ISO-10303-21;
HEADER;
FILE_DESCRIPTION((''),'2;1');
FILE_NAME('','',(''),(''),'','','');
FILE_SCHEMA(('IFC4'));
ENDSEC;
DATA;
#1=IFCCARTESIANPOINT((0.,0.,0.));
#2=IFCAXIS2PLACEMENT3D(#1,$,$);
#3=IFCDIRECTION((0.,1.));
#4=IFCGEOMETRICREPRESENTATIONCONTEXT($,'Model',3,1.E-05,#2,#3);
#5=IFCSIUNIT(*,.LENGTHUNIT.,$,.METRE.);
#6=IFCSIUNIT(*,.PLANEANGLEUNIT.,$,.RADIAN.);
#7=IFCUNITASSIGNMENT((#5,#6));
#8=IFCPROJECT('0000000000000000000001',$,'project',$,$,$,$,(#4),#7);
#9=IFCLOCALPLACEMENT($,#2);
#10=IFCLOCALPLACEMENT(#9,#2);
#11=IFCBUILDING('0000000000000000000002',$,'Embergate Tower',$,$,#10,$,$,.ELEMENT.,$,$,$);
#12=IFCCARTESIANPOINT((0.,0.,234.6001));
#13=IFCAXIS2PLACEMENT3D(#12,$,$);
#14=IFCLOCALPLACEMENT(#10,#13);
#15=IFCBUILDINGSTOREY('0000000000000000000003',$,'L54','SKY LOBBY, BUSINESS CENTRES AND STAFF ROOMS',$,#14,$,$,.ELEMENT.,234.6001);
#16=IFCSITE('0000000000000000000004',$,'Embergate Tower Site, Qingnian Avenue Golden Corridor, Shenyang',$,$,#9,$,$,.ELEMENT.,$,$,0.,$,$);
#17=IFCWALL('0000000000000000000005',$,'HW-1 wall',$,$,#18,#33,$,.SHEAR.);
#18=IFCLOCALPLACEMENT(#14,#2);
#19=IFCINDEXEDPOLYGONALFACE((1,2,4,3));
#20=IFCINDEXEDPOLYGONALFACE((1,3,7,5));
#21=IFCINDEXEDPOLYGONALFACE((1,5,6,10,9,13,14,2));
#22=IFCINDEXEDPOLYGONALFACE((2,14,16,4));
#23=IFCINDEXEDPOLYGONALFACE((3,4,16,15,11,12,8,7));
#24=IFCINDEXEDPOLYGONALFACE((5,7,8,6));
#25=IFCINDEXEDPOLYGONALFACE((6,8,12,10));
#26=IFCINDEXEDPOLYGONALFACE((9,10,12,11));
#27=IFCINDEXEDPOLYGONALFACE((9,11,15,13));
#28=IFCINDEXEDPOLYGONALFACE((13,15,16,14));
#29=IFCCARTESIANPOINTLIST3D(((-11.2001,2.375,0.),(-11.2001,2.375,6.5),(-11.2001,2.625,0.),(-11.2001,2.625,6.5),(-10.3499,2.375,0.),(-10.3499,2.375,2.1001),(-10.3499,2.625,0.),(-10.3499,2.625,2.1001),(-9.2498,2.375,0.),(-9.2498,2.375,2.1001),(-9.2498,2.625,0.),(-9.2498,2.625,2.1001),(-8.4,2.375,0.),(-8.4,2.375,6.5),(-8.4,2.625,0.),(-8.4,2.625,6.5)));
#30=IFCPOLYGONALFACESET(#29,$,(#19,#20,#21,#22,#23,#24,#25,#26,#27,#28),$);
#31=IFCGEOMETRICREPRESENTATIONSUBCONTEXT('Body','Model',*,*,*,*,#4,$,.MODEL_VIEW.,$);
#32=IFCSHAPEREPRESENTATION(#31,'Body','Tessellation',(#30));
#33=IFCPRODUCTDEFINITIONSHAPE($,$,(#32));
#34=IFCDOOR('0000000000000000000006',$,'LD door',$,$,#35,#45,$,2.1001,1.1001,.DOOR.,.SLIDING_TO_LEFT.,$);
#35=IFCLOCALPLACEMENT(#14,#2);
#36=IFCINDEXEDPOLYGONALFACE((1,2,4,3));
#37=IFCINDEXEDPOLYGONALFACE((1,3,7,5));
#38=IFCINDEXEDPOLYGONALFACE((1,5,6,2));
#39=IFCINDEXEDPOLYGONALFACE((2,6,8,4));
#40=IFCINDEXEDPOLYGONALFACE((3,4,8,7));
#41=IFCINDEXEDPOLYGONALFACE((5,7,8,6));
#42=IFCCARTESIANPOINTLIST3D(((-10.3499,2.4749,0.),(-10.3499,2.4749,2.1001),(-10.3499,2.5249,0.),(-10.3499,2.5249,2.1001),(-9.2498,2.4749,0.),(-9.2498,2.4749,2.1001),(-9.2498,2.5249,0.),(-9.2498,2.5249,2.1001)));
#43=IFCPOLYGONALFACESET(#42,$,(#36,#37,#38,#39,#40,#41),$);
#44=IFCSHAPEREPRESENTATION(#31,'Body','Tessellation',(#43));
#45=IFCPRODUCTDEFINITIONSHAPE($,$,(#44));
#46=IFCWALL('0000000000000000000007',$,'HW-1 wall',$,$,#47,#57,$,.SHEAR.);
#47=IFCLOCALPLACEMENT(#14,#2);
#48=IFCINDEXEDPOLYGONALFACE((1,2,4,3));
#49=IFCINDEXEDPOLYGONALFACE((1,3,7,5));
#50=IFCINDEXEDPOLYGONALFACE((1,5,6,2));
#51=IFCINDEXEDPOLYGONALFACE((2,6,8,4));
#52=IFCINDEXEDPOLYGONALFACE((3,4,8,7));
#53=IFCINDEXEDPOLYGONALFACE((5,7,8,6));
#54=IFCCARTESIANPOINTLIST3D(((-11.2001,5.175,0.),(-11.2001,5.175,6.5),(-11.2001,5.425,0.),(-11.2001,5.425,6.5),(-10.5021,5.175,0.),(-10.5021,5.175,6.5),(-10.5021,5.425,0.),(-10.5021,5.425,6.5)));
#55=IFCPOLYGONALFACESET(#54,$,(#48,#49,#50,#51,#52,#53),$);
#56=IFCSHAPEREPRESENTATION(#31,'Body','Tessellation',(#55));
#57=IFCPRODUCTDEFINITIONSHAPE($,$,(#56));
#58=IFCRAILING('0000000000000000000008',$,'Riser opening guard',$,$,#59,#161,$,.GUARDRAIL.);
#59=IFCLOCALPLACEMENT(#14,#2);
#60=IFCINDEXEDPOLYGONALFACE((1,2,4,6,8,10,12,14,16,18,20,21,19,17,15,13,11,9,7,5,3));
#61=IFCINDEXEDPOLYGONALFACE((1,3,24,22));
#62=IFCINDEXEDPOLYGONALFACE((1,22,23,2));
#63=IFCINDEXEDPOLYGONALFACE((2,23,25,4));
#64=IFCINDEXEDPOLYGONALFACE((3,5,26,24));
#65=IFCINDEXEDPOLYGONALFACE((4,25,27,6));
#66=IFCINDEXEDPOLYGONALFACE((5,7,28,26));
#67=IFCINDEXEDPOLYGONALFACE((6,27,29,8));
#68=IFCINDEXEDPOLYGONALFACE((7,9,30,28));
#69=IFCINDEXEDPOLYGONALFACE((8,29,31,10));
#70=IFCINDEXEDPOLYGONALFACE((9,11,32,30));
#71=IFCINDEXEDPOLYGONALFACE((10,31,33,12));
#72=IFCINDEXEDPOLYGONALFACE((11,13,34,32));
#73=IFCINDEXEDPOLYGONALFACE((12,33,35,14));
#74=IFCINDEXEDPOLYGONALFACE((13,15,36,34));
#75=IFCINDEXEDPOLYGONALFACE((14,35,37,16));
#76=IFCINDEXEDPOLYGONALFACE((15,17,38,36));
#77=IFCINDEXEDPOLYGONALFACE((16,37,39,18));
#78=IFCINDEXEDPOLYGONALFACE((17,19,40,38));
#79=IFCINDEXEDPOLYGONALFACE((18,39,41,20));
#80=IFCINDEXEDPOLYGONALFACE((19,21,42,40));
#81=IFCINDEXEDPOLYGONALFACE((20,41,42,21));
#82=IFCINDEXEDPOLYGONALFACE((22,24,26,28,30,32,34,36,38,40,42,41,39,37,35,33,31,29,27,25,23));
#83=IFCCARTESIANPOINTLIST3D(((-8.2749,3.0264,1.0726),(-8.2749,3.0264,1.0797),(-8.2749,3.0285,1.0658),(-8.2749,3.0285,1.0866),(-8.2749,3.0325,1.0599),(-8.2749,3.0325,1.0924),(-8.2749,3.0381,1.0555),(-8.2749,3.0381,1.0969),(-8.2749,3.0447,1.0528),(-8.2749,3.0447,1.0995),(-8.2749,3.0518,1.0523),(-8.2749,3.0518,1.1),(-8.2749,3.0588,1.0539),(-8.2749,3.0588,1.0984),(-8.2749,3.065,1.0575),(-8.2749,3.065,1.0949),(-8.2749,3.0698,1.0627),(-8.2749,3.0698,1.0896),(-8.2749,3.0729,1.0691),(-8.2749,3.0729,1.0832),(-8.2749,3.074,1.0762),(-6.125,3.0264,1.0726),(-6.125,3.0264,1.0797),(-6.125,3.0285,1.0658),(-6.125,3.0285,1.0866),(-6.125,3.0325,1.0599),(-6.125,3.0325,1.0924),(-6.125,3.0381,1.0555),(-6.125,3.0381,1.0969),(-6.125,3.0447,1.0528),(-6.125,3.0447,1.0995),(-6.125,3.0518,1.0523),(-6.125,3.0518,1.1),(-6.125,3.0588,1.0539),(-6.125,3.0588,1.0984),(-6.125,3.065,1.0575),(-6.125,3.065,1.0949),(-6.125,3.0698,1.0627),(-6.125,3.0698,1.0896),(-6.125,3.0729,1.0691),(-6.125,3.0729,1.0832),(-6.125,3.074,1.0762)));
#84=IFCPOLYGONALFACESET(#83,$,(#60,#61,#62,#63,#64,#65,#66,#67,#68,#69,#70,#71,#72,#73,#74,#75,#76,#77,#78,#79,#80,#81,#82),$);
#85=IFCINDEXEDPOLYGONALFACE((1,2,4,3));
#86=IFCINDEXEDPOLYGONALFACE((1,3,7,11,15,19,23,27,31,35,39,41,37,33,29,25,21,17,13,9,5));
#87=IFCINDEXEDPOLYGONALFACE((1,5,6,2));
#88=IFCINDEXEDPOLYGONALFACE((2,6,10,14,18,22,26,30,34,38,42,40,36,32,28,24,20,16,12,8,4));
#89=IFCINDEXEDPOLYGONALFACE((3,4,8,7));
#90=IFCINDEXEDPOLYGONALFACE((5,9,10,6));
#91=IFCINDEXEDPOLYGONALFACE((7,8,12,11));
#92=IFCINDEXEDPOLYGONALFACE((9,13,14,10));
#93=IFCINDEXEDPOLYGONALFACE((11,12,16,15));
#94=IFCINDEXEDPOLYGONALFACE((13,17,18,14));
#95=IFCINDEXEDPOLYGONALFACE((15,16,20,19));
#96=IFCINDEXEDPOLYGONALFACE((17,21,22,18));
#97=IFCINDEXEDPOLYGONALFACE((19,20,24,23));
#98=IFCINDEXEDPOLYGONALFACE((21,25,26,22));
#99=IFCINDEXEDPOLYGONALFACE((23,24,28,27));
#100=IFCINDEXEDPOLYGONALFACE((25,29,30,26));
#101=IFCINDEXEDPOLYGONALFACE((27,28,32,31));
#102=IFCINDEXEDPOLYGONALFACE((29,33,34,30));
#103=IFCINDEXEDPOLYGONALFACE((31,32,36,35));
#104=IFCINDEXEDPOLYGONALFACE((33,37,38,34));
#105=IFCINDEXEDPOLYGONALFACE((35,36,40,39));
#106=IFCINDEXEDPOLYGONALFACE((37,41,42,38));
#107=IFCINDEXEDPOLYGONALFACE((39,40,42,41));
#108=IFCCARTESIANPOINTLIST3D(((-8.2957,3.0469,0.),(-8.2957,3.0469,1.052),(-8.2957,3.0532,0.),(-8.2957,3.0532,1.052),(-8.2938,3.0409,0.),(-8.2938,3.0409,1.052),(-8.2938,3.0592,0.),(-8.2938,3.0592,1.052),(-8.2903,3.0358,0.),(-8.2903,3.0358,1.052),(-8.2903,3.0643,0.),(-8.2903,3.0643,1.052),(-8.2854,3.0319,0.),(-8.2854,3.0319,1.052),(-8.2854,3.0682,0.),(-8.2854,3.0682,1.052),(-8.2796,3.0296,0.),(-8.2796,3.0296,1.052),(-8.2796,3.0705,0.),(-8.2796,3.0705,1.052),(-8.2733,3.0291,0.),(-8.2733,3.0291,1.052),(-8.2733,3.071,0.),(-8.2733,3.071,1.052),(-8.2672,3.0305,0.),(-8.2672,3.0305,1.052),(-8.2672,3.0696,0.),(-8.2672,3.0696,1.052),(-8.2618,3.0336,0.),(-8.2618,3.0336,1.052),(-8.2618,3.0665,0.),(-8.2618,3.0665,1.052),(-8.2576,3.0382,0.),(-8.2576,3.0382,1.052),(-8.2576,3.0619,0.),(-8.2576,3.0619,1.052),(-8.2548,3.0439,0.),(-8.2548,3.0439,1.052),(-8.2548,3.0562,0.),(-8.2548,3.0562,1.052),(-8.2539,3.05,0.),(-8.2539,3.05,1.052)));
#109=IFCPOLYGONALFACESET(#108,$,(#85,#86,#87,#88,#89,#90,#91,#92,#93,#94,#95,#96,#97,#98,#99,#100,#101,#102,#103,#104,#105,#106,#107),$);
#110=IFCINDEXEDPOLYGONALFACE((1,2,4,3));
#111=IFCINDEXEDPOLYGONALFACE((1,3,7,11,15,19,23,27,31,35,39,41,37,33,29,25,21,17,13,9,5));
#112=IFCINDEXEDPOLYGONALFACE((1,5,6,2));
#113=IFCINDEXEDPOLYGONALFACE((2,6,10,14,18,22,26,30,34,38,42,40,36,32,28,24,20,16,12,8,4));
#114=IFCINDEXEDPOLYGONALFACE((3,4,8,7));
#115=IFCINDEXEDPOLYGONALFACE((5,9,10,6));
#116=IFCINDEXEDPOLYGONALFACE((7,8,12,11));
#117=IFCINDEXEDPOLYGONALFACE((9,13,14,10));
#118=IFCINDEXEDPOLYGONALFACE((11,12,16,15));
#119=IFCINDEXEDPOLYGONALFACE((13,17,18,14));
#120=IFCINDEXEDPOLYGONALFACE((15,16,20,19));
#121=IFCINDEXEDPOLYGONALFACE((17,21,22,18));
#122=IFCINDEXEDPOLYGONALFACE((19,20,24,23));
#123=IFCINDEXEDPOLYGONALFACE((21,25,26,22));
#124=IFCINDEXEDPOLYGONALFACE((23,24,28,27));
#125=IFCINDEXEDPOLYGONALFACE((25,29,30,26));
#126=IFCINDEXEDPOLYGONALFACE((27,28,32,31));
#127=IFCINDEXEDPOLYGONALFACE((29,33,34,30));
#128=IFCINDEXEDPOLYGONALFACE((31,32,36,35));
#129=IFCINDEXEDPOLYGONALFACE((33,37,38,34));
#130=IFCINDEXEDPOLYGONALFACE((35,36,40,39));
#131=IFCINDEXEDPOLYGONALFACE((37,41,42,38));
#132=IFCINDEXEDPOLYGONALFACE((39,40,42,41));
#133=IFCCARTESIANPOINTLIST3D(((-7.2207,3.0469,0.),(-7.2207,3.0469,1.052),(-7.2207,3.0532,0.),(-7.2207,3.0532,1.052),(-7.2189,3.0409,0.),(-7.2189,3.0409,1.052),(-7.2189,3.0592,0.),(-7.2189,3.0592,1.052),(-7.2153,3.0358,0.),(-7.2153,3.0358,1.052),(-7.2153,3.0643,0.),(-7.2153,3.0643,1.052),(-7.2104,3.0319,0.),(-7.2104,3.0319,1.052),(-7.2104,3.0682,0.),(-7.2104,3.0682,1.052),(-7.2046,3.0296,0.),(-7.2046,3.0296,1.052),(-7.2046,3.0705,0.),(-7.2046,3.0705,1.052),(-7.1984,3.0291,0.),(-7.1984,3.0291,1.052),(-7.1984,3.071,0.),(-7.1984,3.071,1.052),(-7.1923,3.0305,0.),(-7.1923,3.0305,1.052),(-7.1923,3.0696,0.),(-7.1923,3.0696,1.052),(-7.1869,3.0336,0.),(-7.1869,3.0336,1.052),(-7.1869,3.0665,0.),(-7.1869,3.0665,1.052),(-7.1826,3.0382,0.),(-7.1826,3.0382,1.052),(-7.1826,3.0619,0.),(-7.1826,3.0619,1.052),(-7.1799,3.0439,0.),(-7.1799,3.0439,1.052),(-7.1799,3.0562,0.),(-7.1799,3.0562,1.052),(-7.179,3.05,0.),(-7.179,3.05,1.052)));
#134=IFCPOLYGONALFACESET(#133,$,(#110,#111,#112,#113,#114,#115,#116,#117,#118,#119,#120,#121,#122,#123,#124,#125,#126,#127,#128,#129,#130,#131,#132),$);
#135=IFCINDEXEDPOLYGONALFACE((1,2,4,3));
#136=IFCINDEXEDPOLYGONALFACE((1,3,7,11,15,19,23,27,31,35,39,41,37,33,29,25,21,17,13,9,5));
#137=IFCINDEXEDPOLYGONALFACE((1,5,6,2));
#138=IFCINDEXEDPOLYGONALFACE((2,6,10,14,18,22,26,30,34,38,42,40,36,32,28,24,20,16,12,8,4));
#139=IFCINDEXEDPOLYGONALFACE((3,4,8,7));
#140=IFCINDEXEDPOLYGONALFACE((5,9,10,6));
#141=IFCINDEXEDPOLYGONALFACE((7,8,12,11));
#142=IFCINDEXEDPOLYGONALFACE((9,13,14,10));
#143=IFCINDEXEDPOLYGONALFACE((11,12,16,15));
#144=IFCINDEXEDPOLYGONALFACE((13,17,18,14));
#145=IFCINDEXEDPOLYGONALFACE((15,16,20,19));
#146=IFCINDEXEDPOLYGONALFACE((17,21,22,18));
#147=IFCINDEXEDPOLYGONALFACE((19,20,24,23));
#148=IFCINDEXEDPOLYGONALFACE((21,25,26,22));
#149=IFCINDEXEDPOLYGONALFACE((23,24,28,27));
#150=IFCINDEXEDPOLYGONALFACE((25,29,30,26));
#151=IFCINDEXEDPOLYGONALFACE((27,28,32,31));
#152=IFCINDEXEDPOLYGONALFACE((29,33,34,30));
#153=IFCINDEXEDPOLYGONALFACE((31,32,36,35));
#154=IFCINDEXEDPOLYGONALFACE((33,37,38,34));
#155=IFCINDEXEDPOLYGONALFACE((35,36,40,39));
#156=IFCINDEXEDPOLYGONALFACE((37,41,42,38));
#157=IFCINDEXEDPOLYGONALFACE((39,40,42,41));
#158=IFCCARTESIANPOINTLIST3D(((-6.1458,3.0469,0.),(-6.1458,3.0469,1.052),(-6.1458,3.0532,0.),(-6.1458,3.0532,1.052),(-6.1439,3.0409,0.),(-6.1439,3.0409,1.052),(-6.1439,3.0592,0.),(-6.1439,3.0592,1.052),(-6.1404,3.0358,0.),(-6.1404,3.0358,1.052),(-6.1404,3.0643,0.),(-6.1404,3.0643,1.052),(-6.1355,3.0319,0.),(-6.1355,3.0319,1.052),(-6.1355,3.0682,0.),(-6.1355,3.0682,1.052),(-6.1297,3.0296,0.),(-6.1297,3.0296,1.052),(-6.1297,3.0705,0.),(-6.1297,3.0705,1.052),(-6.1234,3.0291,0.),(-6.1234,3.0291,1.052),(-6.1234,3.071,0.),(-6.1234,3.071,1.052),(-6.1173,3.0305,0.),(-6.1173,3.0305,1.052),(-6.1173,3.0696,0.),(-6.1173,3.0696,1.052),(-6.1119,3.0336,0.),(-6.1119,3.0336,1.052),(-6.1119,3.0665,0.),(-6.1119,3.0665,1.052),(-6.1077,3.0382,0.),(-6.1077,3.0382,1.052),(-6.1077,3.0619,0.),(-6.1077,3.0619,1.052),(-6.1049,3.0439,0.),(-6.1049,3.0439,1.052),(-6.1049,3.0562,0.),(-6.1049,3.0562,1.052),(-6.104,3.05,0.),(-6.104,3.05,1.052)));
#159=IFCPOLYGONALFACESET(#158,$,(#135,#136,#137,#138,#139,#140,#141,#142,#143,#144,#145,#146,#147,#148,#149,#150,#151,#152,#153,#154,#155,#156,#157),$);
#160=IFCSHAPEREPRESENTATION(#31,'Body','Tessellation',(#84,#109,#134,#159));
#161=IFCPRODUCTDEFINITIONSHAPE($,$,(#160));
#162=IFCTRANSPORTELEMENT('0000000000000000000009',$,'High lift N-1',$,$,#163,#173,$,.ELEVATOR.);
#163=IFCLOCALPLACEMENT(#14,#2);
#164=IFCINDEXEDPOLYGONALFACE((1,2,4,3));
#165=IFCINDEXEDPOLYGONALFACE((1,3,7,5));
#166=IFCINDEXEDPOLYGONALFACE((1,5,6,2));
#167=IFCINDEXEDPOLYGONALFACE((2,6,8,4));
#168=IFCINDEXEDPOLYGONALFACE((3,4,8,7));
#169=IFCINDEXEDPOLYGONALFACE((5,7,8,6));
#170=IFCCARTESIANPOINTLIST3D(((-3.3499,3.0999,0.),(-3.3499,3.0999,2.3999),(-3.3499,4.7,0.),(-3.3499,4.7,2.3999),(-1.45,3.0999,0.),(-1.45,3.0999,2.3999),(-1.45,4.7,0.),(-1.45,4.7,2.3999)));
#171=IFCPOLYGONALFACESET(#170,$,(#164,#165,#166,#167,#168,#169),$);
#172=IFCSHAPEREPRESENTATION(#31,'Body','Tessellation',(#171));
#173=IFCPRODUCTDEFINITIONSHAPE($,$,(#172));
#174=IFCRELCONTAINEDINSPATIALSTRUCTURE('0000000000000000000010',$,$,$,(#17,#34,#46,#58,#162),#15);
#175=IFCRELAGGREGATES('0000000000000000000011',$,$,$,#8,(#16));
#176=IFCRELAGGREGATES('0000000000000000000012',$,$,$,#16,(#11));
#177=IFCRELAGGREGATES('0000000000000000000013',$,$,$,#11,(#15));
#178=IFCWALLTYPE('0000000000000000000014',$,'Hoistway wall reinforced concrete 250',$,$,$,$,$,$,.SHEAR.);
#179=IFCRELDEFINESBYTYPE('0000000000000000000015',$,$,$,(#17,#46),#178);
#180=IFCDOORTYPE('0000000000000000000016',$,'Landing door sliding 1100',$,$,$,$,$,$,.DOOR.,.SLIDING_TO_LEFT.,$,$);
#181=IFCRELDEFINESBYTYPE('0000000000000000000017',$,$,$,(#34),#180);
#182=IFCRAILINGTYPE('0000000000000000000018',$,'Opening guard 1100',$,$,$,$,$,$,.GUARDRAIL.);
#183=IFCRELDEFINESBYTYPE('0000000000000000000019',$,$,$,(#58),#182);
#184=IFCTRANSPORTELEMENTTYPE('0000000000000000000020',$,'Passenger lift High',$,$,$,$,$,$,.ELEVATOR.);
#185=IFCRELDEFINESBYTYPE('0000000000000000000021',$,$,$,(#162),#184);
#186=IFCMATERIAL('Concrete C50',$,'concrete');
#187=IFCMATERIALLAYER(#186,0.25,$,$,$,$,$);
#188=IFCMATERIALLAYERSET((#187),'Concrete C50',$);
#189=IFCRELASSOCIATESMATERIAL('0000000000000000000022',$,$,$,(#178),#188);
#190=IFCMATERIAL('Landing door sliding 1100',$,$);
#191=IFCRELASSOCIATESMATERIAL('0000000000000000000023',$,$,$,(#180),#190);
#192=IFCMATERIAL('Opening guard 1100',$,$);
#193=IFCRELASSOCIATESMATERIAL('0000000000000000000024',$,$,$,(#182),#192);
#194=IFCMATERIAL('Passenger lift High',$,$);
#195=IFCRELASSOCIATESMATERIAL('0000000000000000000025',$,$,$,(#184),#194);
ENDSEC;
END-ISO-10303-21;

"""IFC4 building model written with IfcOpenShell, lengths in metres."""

from ifc_helpers import new_model, si_unit, direction, frame, frame_2d, origin, origin_2d, place, context, subcontext, project, spatial, rectangle, circle, extrude, source, transform, mapped, material, layer, layer_set, type_object, element, fill, save


model = new_model("IFC4")

# Units and contexts
model_context = context("Model", 3, precision=1e-05, world=origin(), true_north=direction((0.0, 1.0)))
body_context = subcontext(model_context, "Body", "Model", "MODEL_VIEW")
ifc_project = project(units=[si_unit("LENGTHUNIT", "METRE"), si_unit("PLANEANGLEUNIT", "RADIAN")], contexts=[model_context])

# Site, building, storey
site_placement = place(None, origin())
site = spatial("IfcSite", under=ifc_project, at=site_placement, Name="Embergate Tower Site, Qingnian Avenue Golden Corridor, Shenyang", CompositionType="ELEMENT", RefElevation=0.0)
building_placement = place(site_placement, origin())
building = spatial("IfcBuilding", under=site, at=building_placement, Name="Embergate Tower", CompositionType="ELEMENT")
storey_placement = place(building_placement, frame((0.0, 0.0, 234.6001)))
storey = spatial("IfcBuildingStorey", under=building, at=storey_placement, Name="L54", Description="SKY LOBBY, BUSINESS CENTRES AND STAFF ROOMS", CompositionType="ELEMENT", Elevation=234.6001)

# Shared definitions
ifc_material_1 = material(Name="Concrete C50", Category="concrete")
ifc_layer_1 = layer(ifc_material_1, 0.25)
ifc_layer_set_1 = layer_set([ifc_layer_1], Name="Concrete C50")
wall_type_1 = type_object("IfcWallType", Name="Hoistway wall reinforced concrete 250", PredefinedType="SHEAR", material=ifc_layer_set_1)

# Shared definitions
shared_shape_1 = source(origin(), body_context, "Body", "SweptSolid", [
    extrude(rectangle(XDim=1.1001, YDim=2.1001, at=frame_2d((0.55, 1.05))), frame((0.0, 0.135, 0.0), z_axis=(0.0, -1.0, 0.0), x_axis=(1.0, 0.0, 0.0)), (0.0, 0.0, 1.0), 0.27),
])
ifc_material_2 = material(Name="Landing door sliding 1100")
door_type_1 = type_object("IfcDoorType", Name="Landing door sliding 1100", OperationType="SLIDING_TO_LEFT", PredefinedType="DOOR", material=ifc_material_2)
shared_shape_2 = source(origin(), body_context, "Body", "SweptSolid", [
    extrude(rectangle(XDim=1.1001, YDim=2.1001, at=frame_2d((0.55, 1.05))), frame((0.0, 0.0249, 0.0), z_axis=(0.0, -1.0, 0.0), x_axis=(1.0, 0.0, 0.0)), (0.0, 0.0, 1.0), 0.05),
])

# Wall, opening, door
shared_shape_3 = source(origin(), body_context, "Body", "SweptSolid", [
    extrude(rectangle(XDim=2.8, YDim=0.25, at=frame_2d((1.3999, 0.0))), origin(), (0.0, 0.0, 1.0), 6.5),
])
wall_1_placement = place(storey_placement, frame((-11.2, 2.5, 0.0), z_axis=(0.0, 0.0, 1.0), x_axis=(1.0, 0.0, 0.0)))
wall_1 = element("IfcWall", 1, at=wall_1_placement, inside=storey, type_object=wall_type_1, Name="HW-1 wall", PredefinedType="SHEAR", context=body_context, shape_type="MappedRepresentation", body=[
    mapped(shared_shape_3, transform((0.0, 0.0, 0.0))),
])
opening_1_placement = place(wall_1_placement, frame((0.8501, 0.0, 0.0)))
opening_1 = element("IfcOpeningElement", 2, at=opening_1_placement, cuts=wall_1, PredefinedType="OPENING", context=body_context, shape_type="MappedRepresentation", body=[
    mapped(shared_shape_1, transform((0.0, 0.0, 0.0))),
])
door_1_placement = place(opening_1_placement, origin())
door_1 = element("IfcDoor", 3, at=door_1_placement, inside=storey, type_object=door_type_1, Name="LD door", OperationType="SLIDING_TO_LEFT", OverallHeight=2.1001, OverallWidth=1.1001, PredefinedType="DOOR", context=body_context, shape_type="MappedRepresentation", body=[
    mapped(shared_shape_2, transform((0.0, 0.0, 0.0))),
])
fill(opening_1, door_1)

# Wall
shared_shape_4 = source(origin(), body_context, "Body", "SweptSolid", [
    extrude(rectangle(XDim=0.698, YDim=0.25, at=frame_2d((0.3491, 0.0))), origin(), (0.0, 0.0, 1.0), 6.5),
])
wall_2_placement = place(storey_placement, frame((-10.502, 5.3, 0.0), z_axis=(0.0, 0.0, 1.0), x_axis=(-1.0, 0.0, 0.0)))
element("IfcWall", 4, at=wall_2_placement, inside=storey, type_object=wall_type_1, Name="HW-1 wall", PredefinedType="SHEAR", context=body_context, shape_type="MappedRepresentation", body=[
    mapped(shared_shape_4, transform((0.0, 0.0, 0.0))),
])

# Railing
ifc_material_3 = material(Name="Opening guard 1100")
railing_type = type_object("IfcRailingType", Name="Opening guard 1100", PredefinedType="GUARDRAIL", material=ifc_material_3)
shared_shape_5 = source(origin(), body_context, "Body", "SweptSolid", [
    extrude(circle(Radius=0.0239, at=origin_2d()), frame((0.0, 0.0, 1.0762), z_axis=(1.0, 0.0, 0.0), x_axis=(0.0, 1.0, 0.0)), (0.0, 0.0, 1.0), 2.1499),
    extrude(circle(Radius=0.021, at=origin_2d()), origin(), (0.0, 0.0, 1.0), 1.052),
    extrude(circle(Radius=0.021, at=origin_2d()), frame((1.075, 0.0, 0.0)), (0.0, 0.0, 1.0), 1.052),
    extrude(circle(Radius=0.021, at=origin_2d()), frame((2.1499, 0.0, 0.0)), (0.0, 0.0, 1.0), 1.052),
])
railing_placement = place(storey_placement, frame((-8.2749, 3.05, 0.0)))
element("IfcRailing", 5, at=railing_placement, inside=storey, type_object=railing_type, Name="Riser opening guard", PredefinedType="GUARDRAIL", context=body_context, shape_type="MappedRepresentation", body=[
    mapped(shared_shape_5, transform((0.0, 0.0, 0.0))),
])

# Transport element
ifc_material_4 = material(Name="Passenger lift High")
transport_element_type = type_object("IfcTransportElementType", Name="Passenger lift High", PredefinedType="ELEVATOR", material=ifc_material_4)
shared_shape_6 = source(origin(), body_context, "Body", "SweptSolid", [
    extrude(rectangle(XDim=1.8999, YDim=1.6001, at=origin_2d()), origin(), (0.0, 0.0, 1.0), 2.3999),
])
transport_element_placement = place(storey_placement, frame((-2.3999, 3.8999, 0.0), z_axis=(0.0, 0.0, 1.0), x_axis=(1.0, 0.0, 0.0)))
element("IfcTransportElement", 6, at=transport_element_placement, inside=storey, type_object=transport_element_type, Name="High lift N-1", PredefinedType="ELEVATOR", context=body_context, shape_type="MappedRepresentation", body=[
    mapped(shared_shape_6, transform((0.0, 0.0, 0.0))),
])

save(model, "model.ifc")
